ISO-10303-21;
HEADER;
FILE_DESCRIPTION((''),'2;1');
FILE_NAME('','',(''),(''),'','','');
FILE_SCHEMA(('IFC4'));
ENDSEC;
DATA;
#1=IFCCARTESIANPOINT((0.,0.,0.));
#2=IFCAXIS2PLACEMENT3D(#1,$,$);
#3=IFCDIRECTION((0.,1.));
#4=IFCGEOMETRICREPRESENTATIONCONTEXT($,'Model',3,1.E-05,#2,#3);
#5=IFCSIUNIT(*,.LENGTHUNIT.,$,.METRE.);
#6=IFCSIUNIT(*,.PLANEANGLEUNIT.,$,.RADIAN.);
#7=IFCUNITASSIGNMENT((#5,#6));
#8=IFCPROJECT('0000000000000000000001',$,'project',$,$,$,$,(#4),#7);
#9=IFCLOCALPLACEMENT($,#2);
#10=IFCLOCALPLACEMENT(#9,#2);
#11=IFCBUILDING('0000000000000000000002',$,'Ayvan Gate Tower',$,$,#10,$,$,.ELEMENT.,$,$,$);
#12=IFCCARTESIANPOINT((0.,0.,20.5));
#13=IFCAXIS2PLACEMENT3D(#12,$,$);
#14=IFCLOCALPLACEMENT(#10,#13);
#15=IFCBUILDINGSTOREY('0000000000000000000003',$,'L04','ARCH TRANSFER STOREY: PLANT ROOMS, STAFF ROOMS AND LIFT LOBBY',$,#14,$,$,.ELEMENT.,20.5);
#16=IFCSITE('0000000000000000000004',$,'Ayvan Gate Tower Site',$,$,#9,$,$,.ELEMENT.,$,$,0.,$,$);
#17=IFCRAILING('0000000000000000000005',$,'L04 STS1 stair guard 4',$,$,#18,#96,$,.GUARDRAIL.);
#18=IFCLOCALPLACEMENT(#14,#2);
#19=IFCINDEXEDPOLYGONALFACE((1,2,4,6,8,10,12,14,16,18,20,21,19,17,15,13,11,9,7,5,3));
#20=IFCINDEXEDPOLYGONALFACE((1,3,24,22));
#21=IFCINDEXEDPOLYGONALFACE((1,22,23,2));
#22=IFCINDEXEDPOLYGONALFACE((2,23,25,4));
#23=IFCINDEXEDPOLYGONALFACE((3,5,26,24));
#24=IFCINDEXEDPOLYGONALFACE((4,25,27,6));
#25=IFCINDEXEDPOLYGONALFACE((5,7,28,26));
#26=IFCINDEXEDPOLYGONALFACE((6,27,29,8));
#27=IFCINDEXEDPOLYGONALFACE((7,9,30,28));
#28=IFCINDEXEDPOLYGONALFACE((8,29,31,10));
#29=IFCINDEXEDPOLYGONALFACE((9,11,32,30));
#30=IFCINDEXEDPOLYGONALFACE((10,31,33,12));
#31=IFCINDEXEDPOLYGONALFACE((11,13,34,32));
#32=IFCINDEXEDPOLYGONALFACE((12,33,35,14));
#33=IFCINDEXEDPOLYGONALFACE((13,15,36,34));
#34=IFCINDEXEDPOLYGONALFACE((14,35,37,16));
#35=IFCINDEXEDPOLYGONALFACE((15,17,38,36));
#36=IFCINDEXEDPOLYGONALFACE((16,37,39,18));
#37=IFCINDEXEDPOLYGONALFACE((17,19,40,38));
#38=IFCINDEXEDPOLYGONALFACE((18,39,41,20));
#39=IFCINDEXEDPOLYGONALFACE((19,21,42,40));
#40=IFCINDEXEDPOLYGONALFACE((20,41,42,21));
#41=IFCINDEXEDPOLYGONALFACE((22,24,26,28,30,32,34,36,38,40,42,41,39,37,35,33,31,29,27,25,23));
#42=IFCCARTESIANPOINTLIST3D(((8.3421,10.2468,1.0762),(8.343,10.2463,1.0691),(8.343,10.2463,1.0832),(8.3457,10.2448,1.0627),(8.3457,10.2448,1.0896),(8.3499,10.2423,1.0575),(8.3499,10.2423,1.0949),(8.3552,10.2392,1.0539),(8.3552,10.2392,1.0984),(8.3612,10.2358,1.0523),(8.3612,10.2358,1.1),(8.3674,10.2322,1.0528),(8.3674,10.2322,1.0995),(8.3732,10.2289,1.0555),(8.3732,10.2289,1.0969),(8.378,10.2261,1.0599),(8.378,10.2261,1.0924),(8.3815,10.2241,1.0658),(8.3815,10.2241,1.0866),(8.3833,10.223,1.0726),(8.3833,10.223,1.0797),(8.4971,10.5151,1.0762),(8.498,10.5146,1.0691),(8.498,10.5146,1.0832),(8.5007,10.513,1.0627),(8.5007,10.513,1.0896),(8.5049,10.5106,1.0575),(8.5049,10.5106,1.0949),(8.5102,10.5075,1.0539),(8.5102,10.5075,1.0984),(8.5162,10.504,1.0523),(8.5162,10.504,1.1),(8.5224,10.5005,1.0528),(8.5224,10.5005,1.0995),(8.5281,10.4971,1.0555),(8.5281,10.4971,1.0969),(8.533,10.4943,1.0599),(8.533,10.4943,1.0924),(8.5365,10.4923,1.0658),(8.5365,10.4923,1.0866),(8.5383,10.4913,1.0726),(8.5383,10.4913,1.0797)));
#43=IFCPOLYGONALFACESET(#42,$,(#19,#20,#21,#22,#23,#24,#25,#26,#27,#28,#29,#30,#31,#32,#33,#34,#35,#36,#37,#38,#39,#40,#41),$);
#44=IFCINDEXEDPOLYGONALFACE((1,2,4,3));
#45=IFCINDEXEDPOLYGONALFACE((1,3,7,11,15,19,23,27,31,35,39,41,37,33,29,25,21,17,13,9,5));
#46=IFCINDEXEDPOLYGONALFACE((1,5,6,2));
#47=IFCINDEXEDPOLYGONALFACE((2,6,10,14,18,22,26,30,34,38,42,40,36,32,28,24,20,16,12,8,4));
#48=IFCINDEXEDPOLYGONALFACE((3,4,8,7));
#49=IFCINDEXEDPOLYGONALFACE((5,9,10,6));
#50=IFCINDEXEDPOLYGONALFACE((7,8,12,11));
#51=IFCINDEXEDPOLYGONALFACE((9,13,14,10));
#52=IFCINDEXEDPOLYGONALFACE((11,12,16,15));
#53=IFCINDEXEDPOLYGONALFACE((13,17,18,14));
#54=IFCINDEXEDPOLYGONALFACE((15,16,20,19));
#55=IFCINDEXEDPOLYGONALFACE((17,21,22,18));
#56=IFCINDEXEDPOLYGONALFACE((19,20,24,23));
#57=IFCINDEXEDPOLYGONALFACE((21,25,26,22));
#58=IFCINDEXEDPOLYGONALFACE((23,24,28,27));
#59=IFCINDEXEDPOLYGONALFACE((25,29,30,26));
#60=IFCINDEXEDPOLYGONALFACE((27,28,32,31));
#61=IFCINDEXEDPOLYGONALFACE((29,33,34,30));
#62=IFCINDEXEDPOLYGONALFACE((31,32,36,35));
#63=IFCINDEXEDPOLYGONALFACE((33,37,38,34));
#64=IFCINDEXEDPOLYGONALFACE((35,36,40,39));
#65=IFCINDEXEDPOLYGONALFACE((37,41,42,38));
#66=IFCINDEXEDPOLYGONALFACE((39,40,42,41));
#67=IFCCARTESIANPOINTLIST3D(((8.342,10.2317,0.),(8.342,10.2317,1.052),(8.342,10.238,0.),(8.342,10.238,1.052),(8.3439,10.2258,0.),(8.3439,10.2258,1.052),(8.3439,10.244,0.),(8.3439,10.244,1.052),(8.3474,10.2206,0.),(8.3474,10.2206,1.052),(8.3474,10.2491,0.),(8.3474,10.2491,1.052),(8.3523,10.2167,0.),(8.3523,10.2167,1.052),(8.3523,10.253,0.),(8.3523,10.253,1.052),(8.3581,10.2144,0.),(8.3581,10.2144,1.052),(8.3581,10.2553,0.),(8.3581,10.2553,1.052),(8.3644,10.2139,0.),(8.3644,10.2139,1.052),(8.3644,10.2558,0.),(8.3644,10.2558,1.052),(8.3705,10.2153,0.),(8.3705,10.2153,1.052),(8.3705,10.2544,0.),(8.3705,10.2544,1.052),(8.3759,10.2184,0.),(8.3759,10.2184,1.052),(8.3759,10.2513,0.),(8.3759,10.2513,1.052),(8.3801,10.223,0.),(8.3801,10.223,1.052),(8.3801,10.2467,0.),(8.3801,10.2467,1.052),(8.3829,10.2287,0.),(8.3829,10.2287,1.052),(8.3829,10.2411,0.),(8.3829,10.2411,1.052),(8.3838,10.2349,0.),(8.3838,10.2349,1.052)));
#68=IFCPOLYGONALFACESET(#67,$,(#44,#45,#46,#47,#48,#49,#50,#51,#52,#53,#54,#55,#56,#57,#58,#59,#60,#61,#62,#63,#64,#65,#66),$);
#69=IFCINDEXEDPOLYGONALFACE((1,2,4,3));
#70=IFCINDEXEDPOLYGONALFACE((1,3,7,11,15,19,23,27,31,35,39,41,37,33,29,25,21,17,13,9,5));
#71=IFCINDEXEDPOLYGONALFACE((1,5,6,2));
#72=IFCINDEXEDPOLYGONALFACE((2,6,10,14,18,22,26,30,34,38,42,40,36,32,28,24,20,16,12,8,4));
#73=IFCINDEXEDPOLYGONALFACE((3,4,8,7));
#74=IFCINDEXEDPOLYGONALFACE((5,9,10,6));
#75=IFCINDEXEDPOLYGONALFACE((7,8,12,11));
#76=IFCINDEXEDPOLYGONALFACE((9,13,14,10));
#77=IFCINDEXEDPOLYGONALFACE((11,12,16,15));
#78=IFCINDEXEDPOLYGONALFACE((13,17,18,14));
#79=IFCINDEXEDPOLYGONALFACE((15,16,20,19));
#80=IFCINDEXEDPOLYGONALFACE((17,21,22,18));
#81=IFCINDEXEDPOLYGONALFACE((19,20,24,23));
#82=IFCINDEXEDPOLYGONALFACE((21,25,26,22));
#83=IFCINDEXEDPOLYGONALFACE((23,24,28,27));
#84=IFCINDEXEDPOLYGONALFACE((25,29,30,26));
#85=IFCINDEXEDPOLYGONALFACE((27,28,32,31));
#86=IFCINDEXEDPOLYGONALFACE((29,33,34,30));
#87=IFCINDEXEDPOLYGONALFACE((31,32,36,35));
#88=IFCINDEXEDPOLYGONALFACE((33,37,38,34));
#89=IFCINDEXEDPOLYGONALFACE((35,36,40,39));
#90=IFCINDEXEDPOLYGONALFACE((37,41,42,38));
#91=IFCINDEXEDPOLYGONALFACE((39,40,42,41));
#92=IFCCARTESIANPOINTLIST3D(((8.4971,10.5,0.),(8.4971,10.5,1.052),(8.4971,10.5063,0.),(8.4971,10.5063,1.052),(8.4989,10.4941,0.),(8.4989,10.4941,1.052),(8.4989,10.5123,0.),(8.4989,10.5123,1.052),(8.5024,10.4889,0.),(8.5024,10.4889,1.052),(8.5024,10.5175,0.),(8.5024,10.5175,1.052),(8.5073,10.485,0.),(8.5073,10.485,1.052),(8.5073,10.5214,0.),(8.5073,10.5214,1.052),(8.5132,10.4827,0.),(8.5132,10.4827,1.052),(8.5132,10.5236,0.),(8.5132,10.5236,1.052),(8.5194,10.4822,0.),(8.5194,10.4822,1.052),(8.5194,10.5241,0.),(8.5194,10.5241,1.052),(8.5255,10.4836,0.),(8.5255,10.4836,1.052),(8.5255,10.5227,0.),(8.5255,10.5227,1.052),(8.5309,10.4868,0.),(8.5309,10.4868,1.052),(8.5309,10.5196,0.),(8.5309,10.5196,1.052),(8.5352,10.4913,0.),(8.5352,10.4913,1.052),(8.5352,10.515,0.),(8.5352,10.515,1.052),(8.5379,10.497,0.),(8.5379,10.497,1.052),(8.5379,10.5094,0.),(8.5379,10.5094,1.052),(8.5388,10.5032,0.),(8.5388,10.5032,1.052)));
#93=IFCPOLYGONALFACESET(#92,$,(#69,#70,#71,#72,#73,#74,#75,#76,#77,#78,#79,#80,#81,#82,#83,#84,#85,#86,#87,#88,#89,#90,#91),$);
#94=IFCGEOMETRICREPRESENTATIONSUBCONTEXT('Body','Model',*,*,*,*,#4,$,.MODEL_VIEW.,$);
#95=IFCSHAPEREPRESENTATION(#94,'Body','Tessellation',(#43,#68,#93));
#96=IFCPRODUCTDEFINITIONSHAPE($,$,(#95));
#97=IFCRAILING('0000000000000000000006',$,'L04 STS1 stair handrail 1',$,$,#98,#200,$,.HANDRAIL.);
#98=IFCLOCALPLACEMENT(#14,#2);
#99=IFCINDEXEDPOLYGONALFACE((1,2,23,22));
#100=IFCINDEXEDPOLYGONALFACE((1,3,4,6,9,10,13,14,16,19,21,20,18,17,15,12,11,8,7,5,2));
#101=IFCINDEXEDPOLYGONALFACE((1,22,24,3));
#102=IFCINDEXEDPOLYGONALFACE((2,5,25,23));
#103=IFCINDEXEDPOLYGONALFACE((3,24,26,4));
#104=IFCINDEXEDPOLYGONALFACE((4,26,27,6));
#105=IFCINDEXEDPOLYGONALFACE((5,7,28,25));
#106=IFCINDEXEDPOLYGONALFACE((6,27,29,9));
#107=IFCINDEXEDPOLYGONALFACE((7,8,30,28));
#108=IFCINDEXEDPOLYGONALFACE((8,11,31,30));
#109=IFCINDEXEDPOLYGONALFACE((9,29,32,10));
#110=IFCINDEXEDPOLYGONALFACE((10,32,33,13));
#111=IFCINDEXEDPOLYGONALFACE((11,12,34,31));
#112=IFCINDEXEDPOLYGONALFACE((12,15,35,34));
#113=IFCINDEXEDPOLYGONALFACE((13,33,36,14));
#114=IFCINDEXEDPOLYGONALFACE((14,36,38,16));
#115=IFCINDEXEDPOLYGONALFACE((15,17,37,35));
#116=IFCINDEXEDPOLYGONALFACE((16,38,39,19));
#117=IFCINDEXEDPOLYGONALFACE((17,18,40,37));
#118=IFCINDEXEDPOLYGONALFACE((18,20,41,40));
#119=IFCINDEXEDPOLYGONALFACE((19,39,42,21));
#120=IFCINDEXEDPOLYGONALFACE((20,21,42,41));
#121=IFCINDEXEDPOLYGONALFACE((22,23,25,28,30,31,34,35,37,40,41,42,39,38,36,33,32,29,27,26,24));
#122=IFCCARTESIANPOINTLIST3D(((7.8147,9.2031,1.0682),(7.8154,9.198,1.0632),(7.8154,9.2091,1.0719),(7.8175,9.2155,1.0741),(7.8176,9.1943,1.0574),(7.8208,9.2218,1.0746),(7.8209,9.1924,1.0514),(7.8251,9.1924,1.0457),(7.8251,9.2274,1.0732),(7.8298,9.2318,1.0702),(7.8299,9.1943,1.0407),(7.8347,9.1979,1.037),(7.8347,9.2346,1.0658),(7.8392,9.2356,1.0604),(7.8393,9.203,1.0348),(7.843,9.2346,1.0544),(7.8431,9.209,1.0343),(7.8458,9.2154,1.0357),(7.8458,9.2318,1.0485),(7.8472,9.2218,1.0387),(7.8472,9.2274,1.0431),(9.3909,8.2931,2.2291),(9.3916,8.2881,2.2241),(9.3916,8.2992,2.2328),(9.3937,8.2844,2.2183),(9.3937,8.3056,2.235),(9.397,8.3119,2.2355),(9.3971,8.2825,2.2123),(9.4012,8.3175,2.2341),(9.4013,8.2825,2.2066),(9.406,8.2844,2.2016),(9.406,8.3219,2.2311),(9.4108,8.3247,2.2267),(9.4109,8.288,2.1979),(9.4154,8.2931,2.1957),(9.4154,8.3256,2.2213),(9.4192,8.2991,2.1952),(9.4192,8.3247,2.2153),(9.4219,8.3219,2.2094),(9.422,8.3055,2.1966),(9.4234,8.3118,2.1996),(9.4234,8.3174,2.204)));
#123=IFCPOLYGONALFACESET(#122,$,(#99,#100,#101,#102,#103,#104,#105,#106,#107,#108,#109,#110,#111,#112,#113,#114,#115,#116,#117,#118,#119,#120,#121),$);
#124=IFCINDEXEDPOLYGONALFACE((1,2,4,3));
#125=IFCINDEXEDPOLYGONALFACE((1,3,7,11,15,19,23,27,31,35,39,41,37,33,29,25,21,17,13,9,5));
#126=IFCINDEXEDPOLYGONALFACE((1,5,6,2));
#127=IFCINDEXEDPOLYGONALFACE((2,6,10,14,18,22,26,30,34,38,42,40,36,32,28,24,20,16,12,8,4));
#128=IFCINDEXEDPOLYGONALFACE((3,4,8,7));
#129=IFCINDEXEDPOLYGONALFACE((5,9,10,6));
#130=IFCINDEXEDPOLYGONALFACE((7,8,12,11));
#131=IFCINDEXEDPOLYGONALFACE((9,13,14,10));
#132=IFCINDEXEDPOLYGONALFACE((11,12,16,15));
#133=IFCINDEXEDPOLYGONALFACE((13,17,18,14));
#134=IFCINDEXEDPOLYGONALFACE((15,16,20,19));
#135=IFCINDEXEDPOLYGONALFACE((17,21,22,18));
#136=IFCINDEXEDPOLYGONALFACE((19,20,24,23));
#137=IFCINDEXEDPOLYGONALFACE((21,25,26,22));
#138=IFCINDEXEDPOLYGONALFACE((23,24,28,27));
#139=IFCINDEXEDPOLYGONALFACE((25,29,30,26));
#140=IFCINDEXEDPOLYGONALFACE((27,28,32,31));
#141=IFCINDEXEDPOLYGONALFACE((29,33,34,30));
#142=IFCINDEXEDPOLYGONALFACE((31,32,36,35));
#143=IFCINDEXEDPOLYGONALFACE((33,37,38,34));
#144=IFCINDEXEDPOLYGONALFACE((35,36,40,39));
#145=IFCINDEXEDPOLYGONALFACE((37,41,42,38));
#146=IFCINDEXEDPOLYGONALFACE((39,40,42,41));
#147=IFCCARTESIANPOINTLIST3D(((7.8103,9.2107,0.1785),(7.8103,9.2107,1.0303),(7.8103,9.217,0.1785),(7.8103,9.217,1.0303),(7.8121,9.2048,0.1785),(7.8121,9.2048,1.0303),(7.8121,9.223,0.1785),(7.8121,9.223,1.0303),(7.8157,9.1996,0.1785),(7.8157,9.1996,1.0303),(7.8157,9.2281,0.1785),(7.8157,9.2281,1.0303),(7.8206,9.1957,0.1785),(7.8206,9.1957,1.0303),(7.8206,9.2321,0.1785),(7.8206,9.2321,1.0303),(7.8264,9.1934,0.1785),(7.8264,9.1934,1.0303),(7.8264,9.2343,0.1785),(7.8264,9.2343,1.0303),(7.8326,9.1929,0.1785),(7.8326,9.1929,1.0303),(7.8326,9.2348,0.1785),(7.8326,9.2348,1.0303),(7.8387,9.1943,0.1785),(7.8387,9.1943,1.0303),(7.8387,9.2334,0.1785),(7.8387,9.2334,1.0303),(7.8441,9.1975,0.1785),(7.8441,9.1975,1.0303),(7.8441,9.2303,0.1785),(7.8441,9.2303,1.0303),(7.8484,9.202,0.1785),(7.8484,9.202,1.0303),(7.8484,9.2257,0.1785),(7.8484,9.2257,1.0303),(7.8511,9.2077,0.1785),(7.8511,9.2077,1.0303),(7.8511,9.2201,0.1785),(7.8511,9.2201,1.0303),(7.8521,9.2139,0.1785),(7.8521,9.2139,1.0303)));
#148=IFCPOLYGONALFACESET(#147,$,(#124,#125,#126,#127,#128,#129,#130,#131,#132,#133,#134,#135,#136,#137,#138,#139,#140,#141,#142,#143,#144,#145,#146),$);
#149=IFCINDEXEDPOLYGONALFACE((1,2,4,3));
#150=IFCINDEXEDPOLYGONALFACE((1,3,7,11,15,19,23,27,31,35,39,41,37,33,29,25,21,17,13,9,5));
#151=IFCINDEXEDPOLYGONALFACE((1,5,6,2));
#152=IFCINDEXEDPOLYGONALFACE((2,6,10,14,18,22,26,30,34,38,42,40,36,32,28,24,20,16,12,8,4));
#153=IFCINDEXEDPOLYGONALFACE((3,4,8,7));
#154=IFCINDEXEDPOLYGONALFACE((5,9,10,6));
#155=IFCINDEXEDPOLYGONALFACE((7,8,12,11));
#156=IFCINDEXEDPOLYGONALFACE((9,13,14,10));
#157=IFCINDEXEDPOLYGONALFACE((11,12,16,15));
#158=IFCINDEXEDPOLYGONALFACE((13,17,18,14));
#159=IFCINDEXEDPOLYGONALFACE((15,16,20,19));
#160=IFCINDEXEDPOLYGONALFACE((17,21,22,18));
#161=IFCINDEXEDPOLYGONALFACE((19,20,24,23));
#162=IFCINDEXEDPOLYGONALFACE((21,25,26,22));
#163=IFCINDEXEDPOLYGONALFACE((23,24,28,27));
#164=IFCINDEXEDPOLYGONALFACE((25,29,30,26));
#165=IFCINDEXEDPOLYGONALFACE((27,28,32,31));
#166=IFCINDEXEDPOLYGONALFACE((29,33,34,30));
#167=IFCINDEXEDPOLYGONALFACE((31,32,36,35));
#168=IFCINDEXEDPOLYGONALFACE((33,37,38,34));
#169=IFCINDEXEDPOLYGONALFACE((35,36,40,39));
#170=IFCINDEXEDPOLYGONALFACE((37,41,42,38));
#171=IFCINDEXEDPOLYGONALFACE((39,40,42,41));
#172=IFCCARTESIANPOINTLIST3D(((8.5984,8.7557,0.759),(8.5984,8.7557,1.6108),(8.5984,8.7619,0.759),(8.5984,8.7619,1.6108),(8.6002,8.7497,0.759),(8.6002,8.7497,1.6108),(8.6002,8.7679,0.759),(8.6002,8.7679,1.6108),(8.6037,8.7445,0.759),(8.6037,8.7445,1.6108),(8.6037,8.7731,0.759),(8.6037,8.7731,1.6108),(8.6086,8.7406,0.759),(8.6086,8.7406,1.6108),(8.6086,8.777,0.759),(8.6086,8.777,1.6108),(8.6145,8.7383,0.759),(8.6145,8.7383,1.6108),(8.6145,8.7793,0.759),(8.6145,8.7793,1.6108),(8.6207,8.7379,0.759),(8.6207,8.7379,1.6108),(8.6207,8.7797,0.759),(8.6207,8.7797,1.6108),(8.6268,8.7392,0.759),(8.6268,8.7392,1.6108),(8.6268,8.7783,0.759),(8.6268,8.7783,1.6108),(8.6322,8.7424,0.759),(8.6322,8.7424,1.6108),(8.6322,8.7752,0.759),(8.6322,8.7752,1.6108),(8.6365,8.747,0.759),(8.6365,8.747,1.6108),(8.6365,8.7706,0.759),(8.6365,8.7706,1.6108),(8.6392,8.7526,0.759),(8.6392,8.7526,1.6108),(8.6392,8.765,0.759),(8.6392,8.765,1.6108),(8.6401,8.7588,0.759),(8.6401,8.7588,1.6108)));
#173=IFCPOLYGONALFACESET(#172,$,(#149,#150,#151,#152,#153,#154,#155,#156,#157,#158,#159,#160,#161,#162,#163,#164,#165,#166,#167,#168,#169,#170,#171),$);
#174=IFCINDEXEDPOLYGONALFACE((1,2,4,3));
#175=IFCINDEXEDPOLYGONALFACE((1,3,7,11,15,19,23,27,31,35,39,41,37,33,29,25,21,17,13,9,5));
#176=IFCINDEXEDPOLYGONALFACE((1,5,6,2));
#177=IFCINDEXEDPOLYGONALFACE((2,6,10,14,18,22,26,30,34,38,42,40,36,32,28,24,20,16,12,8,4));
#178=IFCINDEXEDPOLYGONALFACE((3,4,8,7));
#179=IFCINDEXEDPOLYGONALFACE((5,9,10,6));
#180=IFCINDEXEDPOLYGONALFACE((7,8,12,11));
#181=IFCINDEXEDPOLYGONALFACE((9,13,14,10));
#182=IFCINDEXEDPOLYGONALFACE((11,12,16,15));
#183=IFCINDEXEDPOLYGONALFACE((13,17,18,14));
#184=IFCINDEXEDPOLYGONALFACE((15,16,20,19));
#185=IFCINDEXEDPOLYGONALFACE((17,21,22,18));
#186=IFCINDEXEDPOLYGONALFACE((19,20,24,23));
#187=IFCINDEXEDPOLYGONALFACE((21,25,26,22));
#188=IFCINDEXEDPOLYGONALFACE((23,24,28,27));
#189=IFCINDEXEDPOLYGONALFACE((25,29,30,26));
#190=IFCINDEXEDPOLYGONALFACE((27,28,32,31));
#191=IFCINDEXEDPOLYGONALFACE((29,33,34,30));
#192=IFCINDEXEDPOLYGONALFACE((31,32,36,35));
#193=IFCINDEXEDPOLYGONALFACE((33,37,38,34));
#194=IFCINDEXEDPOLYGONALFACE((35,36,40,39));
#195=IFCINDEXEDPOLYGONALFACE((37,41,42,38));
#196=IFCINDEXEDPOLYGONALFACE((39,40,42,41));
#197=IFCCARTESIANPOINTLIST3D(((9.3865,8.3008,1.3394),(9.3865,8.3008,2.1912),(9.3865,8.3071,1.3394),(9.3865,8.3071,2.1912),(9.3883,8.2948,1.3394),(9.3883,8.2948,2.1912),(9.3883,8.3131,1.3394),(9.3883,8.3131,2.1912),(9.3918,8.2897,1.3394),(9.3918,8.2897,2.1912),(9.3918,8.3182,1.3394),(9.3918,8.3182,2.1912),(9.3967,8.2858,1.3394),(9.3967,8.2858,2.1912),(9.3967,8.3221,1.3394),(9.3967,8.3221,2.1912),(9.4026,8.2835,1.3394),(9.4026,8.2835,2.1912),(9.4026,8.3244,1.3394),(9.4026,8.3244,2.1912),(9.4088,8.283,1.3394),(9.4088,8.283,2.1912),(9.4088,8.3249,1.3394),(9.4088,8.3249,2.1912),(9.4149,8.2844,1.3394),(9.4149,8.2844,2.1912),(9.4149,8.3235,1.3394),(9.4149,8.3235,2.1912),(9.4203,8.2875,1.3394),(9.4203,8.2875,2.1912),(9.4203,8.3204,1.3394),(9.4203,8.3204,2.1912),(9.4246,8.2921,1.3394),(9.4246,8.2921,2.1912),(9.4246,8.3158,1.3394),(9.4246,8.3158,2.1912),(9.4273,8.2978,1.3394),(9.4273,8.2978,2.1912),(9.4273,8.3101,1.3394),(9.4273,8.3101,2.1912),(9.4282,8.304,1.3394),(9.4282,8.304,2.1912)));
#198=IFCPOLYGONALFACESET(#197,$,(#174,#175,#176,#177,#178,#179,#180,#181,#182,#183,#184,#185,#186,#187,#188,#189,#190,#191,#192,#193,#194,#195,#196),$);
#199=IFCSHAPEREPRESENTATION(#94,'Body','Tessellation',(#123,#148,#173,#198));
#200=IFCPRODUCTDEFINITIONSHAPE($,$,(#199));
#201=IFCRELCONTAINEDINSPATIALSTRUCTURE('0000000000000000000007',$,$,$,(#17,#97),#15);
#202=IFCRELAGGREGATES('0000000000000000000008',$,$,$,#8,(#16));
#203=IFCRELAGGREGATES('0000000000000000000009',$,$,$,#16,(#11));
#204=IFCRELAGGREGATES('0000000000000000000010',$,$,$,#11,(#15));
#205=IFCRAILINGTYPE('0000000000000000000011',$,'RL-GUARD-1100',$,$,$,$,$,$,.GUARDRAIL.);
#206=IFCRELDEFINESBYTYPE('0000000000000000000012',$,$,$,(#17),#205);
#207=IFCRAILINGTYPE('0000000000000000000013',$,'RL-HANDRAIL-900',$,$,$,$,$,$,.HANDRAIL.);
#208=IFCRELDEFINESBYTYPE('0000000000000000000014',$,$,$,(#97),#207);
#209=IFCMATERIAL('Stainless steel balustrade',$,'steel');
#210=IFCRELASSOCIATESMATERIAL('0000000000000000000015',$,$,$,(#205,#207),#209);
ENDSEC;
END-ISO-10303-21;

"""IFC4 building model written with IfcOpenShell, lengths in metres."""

from ifc_helpers import new_model, si_unit, direction, frame, origin, origin_2d, place, context, subcontext, project, spatial, circle, extrude, material, type_object, element, save


model = new_model("IFC4")

# Units and contexts
model_context = context("Model", 3, precision=1e-05, world=origin(), true_north=direction((0.0, 1.0)))
body_context = subcontext(model_context, "Body", "Model", "MODEL_VIEW")
ifc_project = project(units=[si_unit("LENGTHUNIT", "METRE"), si_unit("PLANEANGLEUNIT", "RADIAN")], contexts=[model_context])

# Site, building, storey
site_placement = place(None, origin())
site = spatial("IfcSite", under=ifc_project, at=site_placement, Name="Ayvan Gate Tower Site", CompositionType="ELEMENT", RefElevation=0.0)
building_placement = place(site_placement, origin())
building = spatial("IfcBuilding", under=site, at=building_placement, Name="Ayvan Gate Tower", CompositionType="ELEMENT")
storey_placement = place(building_placement, frame((0.0, 0.0, 20.5)))
storey = spatial("IfcBuildingStorey", under=building, at=storey_placement, Name="L04", Description="ARCH TRANSFER STOREY: PLANT ROOMS, STAFF ROOMS AND LIFT LOBBY", CompositionType="ELEMENT", Elevation=20.5)

# Railings
ifc_material_1 = material(Name="Stainless steel balustrade", Category="steel")
railing_type_1 = type_object("IfcRailingType", Name="RL-GUARD-1100", PredefinedType="GUARDRAIL", material=ifc_material_1)
railing_1_placement = place(storey_placement, frame((8.3628, 10.2349, 0.0)))
element("IfcRailing", 1, at=railing_1_placement, inside=storey, type_object=railing_type_1, Name="L04 STS1 stair guard 4", PredefinedType="GUARDRAIL", context=body_context, shape_type="SweptSolid", body=[
    extrude(circle(Radius=0.0239, at=origin_2d()), frame((0.0, 0.0, 1.0762), z_axis=(0.500291, 0.865857, 0.0), x_axis=(-0.865857, 0.500291, 0.0)), (0.0, 0.0, 1.0), 0.3098),
    extrude(circle(Radius=0.021, at=origin_2d()), origin(), (0.0, 0.0, 1.0), 1.052),
    extrude(circle(Radius=0.021, at=origin_2d()), frame((0.155, 0.2683, 0.0)), (0.0, 0.0, 1.0), 1.052),
])
railing_type_2 = type_object("IfcRailingType", Name="RL-HANDRAIL-900", PredefinedType="HANDRAIL", material=ifc_material_1)
railing_2_placement = place(storey_placement, frame((7.8311, 9.2139, 0.1785)))
element("IfcRailing", 2, at=railing_2_placement, inside=storey, type_object=railing_type_2, Name="L04 STS1 stair handrail 1", PredefinedType="HANDRAIL", context=body_context, shape_type="SweptSolid", body=[
    extrude(circle(Radius=0.0239, at=origin_2d()), frame((0.0, 0.0, 0.876), z_axis=(0.730154, -0.421512, 0.537776), x_axis=(0.499962, 0.866047, 0.0)), (0.0, 0.0, 1.0), 2.1587),
    extrude(circle(Radius=0.021, at=origin_2d()), origin(), (0.0, 0.0, 1.0), 0.8518),
    extrude(circle(Radius=0.021, at=origin_2d()), frame((0.7881, -0.4551, 0.5806)), (0.0, 0.0, 1.0), 0.8518),
    extrude(circle(Radius=0.021, at=origin_2d()), frame((1.5762, -0.9099, 1.1609)), (0.0, 0.0, 1.0), 0.8518),
])

save(model, "model.ifc")
